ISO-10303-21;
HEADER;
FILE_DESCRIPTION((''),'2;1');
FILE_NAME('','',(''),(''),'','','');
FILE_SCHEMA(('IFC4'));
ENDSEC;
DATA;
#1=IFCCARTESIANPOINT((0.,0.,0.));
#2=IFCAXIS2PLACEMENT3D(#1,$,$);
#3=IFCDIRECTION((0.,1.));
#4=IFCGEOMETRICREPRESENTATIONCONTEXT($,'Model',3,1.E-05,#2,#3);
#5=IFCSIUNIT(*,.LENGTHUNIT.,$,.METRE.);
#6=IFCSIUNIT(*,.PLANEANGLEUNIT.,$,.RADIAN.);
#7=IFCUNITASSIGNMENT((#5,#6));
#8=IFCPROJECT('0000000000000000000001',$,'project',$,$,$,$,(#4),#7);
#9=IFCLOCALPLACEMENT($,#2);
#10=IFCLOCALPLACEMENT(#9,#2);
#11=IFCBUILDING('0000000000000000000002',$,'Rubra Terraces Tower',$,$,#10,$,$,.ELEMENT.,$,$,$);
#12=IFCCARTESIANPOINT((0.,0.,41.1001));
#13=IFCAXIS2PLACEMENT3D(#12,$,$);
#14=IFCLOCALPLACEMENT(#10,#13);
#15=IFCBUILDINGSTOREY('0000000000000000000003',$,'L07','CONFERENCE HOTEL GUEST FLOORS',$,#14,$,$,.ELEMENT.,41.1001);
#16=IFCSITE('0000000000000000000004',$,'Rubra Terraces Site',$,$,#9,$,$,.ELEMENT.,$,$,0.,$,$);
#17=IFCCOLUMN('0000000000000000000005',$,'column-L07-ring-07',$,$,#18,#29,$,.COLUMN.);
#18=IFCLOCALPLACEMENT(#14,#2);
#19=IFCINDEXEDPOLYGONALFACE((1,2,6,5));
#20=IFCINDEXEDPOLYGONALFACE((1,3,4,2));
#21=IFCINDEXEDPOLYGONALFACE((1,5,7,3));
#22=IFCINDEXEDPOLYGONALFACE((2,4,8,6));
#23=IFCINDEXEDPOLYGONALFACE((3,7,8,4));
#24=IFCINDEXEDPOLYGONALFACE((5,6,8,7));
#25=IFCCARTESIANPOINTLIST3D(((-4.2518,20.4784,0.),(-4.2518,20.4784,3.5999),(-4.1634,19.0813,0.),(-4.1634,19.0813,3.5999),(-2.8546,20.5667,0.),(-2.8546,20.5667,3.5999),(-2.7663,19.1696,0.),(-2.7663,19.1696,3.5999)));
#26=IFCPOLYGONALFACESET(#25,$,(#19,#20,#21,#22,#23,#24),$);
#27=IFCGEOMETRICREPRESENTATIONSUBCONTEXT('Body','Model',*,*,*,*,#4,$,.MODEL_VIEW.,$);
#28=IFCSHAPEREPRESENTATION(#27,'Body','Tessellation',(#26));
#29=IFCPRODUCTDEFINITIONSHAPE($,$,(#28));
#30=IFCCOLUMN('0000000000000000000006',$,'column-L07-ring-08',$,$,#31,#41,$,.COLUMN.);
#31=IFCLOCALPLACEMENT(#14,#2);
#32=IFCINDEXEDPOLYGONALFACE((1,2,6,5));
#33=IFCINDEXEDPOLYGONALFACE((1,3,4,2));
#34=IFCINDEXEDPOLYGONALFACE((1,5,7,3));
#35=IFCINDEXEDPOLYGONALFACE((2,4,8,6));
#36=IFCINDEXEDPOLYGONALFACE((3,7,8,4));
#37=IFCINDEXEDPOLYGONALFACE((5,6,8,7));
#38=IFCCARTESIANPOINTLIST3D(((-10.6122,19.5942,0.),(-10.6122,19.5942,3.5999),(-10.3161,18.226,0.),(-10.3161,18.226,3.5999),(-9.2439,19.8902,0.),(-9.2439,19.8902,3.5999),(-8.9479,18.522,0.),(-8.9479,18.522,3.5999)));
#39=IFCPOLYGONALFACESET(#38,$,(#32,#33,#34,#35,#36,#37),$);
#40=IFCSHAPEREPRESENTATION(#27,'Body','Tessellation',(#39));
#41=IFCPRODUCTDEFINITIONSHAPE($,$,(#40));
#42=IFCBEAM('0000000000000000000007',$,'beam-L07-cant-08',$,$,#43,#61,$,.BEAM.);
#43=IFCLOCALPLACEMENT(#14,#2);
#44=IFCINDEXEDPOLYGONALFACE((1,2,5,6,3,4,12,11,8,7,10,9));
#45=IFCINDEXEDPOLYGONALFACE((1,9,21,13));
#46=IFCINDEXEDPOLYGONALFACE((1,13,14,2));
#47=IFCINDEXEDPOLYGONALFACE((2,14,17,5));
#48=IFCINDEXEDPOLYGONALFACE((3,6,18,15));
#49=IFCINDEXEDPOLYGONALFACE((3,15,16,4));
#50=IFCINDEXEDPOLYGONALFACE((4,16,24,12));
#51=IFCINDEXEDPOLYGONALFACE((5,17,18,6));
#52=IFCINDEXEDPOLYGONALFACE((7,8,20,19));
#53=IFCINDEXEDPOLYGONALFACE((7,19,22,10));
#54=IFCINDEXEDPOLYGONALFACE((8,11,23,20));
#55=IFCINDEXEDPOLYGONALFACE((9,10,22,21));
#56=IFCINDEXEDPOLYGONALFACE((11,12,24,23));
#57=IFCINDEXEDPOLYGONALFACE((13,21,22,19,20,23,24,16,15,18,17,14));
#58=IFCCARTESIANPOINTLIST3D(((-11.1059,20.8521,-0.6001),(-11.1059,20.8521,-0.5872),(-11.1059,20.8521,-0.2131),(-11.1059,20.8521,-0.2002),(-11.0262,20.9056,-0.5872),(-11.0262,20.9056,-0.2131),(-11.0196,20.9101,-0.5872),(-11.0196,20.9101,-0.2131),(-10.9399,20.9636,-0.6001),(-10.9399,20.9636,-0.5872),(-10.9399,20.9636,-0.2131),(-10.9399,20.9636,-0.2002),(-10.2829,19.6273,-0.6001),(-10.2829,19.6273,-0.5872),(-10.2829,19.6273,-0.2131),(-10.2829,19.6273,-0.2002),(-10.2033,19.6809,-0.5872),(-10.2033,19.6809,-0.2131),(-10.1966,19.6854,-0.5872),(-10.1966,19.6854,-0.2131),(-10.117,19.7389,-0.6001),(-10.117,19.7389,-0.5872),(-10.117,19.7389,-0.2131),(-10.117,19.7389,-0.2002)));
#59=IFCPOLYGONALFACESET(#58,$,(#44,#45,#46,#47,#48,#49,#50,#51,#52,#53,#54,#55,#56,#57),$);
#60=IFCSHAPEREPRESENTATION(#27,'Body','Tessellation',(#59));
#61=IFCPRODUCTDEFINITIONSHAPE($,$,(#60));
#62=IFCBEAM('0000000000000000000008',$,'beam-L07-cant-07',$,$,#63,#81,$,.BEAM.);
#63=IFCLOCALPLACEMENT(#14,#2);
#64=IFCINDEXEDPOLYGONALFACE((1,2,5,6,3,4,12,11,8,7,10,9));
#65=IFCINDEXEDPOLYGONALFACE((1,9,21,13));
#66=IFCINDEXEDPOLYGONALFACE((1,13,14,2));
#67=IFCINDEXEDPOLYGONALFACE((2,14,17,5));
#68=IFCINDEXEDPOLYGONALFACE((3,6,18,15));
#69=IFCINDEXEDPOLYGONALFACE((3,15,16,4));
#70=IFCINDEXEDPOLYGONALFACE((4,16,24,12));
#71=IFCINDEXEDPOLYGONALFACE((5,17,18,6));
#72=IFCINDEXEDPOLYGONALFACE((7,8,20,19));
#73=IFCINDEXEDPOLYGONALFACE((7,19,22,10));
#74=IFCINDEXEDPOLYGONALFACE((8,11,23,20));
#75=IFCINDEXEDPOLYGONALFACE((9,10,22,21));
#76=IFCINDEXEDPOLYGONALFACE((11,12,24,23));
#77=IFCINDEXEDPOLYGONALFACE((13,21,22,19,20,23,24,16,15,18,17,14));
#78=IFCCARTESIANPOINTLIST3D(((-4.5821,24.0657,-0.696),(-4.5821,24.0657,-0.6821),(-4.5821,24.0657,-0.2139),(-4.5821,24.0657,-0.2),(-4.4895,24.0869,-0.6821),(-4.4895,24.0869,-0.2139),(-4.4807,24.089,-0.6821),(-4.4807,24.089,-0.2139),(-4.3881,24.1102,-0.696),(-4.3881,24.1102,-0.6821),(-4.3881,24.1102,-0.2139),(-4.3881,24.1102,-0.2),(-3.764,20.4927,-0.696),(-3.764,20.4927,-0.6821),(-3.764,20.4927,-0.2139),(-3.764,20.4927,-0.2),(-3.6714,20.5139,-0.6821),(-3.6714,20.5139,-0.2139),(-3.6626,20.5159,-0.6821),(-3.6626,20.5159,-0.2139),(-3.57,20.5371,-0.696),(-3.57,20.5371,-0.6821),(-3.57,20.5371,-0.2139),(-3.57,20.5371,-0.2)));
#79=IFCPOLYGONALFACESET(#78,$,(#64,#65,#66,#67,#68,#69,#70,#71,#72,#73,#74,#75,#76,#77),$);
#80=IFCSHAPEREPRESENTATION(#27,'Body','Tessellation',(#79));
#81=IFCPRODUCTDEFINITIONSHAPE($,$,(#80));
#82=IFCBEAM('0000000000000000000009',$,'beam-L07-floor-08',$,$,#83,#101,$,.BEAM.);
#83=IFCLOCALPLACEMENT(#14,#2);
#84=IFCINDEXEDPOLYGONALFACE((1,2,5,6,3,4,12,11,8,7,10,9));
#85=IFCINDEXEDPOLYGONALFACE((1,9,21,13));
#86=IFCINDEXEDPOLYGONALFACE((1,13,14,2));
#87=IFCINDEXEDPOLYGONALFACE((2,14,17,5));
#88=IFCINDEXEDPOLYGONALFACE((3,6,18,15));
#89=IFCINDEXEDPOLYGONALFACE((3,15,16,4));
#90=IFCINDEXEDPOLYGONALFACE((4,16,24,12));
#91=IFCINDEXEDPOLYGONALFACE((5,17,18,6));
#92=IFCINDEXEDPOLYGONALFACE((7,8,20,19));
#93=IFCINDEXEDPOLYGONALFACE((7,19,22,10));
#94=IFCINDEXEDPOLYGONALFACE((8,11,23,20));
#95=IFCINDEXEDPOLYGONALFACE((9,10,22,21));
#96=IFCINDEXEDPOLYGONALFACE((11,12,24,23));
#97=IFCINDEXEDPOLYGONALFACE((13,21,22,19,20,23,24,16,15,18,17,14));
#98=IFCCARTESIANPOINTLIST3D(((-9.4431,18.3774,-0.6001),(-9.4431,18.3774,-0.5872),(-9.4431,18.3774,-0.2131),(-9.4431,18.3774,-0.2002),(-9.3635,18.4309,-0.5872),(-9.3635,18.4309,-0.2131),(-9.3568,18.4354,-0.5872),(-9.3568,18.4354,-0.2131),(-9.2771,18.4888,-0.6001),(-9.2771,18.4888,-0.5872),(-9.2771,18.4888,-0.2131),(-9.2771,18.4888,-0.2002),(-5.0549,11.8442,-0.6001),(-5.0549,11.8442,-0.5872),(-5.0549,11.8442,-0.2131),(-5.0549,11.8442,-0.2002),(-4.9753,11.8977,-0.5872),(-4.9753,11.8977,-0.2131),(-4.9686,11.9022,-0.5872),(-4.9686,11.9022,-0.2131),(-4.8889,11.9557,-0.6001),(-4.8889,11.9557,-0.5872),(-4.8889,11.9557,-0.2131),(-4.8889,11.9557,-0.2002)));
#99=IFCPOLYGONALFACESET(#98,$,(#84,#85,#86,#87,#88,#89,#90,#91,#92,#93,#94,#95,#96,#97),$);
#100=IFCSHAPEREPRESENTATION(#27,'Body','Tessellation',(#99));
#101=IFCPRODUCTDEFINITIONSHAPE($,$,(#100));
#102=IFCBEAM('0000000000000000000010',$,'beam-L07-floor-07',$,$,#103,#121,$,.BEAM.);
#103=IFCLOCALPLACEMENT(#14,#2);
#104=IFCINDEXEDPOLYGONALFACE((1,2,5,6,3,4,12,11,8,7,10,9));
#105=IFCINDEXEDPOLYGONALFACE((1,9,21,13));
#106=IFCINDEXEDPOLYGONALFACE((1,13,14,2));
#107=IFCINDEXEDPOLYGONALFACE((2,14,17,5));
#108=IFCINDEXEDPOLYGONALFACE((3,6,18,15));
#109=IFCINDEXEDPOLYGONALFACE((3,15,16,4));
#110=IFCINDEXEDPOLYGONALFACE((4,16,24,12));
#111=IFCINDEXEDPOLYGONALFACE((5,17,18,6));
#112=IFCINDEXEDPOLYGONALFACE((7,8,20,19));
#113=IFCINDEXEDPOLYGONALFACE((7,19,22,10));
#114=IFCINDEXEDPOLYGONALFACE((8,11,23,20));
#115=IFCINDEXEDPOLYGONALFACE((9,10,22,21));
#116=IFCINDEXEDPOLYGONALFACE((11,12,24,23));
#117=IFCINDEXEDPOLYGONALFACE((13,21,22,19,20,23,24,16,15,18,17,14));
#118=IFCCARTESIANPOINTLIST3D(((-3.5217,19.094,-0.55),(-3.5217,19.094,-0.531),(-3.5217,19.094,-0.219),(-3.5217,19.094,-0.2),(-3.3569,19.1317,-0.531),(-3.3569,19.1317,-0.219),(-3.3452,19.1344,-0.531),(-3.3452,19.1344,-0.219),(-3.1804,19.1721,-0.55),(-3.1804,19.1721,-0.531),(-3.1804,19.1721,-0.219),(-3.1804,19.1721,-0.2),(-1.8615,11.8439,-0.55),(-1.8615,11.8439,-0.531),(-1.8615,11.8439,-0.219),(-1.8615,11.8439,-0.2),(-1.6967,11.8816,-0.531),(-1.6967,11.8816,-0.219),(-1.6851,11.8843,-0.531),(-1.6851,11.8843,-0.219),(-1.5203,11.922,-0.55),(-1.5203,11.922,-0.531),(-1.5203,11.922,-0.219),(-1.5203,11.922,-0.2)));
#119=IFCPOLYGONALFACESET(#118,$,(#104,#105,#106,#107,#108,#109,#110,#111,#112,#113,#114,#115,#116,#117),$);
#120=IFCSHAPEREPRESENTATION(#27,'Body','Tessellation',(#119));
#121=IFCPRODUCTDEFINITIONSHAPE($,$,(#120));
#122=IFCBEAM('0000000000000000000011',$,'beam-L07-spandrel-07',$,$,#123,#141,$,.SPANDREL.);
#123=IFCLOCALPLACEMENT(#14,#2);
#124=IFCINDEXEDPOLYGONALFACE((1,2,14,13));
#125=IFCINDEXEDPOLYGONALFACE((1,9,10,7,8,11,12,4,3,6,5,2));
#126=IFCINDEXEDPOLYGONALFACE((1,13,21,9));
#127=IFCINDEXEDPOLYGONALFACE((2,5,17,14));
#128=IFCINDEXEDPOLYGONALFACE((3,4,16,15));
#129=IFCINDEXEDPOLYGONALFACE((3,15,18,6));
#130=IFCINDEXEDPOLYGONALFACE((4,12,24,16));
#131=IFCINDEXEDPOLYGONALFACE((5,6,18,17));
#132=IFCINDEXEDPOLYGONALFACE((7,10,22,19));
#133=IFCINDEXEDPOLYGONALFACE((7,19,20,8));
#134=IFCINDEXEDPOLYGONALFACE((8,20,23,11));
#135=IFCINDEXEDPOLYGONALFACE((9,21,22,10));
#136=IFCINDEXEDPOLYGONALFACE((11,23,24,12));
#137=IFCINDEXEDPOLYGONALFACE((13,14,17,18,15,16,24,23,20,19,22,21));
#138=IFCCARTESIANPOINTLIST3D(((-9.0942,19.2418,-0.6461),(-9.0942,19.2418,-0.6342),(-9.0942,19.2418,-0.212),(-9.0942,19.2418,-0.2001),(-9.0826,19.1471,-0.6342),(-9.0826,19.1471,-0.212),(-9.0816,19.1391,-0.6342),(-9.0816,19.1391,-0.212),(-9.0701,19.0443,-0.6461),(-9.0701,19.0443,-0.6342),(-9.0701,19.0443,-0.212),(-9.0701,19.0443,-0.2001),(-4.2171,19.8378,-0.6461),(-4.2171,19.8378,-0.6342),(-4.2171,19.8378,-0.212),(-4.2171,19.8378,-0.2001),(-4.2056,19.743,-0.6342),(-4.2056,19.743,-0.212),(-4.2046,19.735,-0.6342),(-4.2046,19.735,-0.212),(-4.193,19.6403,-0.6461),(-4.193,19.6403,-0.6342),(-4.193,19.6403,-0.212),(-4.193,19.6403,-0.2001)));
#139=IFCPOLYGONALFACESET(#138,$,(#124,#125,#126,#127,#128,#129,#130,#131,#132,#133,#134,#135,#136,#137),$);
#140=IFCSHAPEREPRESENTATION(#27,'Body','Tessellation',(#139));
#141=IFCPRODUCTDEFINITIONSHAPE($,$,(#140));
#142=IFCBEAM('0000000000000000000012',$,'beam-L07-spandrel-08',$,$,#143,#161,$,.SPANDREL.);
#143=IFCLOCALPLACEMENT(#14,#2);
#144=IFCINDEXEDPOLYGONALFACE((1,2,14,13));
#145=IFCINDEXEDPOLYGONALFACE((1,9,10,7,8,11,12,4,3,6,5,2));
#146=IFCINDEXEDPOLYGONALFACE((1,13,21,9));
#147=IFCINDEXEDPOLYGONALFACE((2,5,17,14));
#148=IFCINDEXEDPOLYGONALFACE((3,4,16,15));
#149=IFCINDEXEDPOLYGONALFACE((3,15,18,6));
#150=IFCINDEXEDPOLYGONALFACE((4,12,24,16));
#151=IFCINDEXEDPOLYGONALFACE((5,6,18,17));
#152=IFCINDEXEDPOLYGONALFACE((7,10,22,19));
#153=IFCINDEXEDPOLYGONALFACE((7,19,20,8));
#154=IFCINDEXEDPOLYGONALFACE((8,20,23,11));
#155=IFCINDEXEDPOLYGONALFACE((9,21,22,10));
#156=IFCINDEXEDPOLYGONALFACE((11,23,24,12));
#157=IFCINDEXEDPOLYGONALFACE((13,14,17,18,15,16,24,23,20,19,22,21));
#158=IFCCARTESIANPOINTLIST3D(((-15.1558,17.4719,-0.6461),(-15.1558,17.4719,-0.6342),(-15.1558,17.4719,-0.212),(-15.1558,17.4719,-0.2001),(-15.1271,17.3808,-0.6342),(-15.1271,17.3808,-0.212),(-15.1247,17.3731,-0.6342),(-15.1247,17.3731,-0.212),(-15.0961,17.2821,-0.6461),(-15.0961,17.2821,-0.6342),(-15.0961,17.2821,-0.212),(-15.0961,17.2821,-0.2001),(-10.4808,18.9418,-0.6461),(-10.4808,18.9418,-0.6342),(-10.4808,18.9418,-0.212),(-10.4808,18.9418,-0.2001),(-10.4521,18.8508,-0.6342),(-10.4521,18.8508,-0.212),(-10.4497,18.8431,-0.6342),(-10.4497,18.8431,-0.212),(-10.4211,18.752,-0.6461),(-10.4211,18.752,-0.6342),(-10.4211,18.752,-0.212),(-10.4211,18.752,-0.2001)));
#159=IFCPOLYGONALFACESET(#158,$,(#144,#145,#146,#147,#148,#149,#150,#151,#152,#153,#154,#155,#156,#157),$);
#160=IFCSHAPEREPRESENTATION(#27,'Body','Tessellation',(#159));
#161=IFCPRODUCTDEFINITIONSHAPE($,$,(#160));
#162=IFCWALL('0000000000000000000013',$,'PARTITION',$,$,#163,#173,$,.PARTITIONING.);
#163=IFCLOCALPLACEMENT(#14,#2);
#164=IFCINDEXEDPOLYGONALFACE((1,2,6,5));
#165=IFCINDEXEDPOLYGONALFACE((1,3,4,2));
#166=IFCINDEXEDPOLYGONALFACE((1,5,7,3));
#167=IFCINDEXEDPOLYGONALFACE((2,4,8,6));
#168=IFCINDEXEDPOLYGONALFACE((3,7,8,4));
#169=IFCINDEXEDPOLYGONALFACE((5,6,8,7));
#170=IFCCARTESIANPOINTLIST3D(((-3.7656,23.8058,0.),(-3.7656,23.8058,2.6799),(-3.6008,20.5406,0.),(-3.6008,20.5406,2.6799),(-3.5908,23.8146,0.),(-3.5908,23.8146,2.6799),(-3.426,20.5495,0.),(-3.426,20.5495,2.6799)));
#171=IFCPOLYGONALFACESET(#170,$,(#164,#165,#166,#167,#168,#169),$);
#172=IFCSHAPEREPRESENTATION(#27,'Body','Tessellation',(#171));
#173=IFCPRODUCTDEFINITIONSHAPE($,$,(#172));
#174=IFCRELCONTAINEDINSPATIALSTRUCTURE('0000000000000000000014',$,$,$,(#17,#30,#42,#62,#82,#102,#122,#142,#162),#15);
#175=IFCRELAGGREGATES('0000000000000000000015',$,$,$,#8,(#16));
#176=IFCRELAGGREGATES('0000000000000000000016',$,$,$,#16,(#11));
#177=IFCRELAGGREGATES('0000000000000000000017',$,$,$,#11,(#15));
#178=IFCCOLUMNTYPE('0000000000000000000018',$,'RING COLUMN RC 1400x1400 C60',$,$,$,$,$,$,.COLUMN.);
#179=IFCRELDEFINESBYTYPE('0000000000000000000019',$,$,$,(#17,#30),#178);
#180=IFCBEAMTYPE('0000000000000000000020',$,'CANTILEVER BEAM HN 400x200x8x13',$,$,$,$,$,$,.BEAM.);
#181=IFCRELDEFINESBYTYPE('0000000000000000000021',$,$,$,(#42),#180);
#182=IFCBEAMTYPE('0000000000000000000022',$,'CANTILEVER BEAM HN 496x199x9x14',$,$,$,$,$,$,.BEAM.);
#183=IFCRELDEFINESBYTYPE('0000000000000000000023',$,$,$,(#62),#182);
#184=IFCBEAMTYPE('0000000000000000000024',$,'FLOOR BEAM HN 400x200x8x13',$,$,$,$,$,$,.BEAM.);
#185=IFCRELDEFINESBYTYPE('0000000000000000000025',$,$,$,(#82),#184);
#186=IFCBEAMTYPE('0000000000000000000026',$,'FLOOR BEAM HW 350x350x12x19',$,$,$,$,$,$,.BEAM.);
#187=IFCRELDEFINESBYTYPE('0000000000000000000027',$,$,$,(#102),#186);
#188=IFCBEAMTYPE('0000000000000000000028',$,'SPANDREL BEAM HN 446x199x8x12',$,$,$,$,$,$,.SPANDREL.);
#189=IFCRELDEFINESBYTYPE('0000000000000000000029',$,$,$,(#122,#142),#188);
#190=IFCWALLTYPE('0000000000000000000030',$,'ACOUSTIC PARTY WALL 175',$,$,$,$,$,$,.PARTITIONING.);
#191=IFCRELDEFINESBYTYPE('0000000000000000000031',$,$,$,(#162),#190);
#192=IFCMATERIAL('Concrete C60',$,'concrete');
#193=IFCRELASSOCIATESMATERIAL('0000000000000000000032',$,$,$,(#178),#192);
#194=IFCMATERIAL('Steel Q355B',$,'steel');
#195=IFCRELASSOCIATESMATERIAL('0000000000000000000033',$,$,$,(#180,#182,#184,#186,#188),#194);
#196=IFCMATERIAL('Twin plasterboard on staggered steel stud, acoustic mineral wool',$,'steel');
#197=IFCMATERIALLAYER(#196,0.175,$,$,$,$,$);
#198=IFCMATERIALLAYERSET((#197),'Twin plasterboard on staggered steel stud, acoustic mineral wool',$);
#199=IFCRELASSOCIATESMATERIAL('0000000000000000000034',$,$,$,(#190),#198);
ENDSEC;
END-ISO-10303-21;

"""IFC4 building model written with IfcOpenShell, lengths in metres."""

from ifc_helpers import new_model, si_unit, direction, frame, frame_2d, origin, origin_2d, place, context, subcontext, project, spatial, rectangle, i_section, extrude, material, layer, layer_set, material_profile, profile_set, type_object, element, save


model = new_model("IFC4")

# Units and contexts
model_context = context("Model", 3, precision=1e-05, world=origin(), true_north=direction((0.0, 1.0)))
body_context = subcontext(model_context, "Body", "Model", "MODEL_VIEW")
ifc_project = project(units=[si_unit("LENGTHUNIT", "METRE"), si_unit("PLANEANGLEUNIT", "RADIAN")], contexts=[model_context])

# Site, building, storey
site_placement = place(None, origin())
site = spatial("IfcSite", under=ifc_project, at=site_placement, Name="Rubra Terraces Site", CompositionType="ELEMENT", RefElevation=0.0)
building_placement = place(site_placement, origin())
building = spatial("IfcBuilding", under=site, at=building_placement, Name="Rubra Terraces Tower", CompositionType="ELEMENT")
storey_placement = place(building_placement, frame((0.0, 0.0, 41.1001)))
storey = spatial("IfcBuildingStorey", under=building, at=storey_placement, Name="L07", Description="CONFERENCE HOTEL GUEST FLOORS", CompositionType="ELEMENT", Elevation=41.1001)

# Columns
ifc_material_1 = material(Name="Concrete C60", Category="concrete")
ifc_material_profile_1 = material_profile(ifc_material_1, rectangle(XDim=1.3999, YDim=1.3999, at=origin_2d()), Name="RC 1400x1400")
ifc_profile_set_1 = profile_set([ifc_material_profile_1], Name="Concrete C60")
column_type = type_object("IfcColumnType", Name="RING COLUMN RC 1400x1400 C60", PredefinedType="COLUMN", material=ifc_profile_set_1)
for number, where, z_axis, x_axis, name in (
    (1, (-3.509, 19.824, 0.0), (0.0, 0.0, 1.0), (-0.998008, -0.063094, 0.0), "column-L07-ring-07"),
    (2, (-9.78, 19.0581, 0.0), (0.0, 0.0, 1.0), (-0.977386, -0.211462, 0.0), "column-L07-ring-08"),
):
    element("IfcColumn", number, at=place(storey_placement, frame(where, z_axis=z_axis, x_axis=x_axis)), inside=storey, type_object=column_type, Name=name, PredefinedType="COLUMN", context=body_context, shape_type="SweptSolid", body=[
        extrude(rectangle(XDim=1.3999, YDim=1.3999, at=origin_2d()), origin(), (0.0, 0.0, 1.0), 3.5999),
    ])

# Beams
ifc_material_2 = material(Name="Steel Q355B", Category="steel")
ifc_material_profile_2 = material_profile(ifc_material_2, i_section(OverallWidth=0.2, OverallDepth=0.3999, WebThickness=0.0081, FlangeThickness=0.0129, at=origin_2d()), Name="HN 400x200x8x13")
ifc_profile_set_2 = profile_set([ifc_material_profile_2], Name="Steel Q355B")
beam_type_1 = type_object("IfcBeamType", Name="CANTILEVER BEAM HN 400x200x8x13", PredefinedType="BEAM", material=ifc_profile_set_2)
beam_1_placement = place(storey_placement, frame((-10.2, 19.6831, -0.4001), z_axis=(-0.557713, 0.830034, 0.0), x_axis=(-0.830034, -0.557713, 0.0)))
element("IfcBeam", 3, at=beam_1_placement, inside=storey, type_object=beam_type_1, Name="beam-L07-cant-08", PredefinedType="BEAM", context=body_context, shape_type="SweptSolid", body=[
    extrude(i_section(OverallWidth=0.2, OverallDepth=0.3999, WebThickness=0.0081, FlangeThickness=0.0129, at=origin_2d()), origin(), (0.0, 0.0, 1.0), 1.4756),
])
ifc_material_profile_3 = material_profile(ifc_material_2, i_section(OverallWidth=0.199, OverallDepth=0.4961, WebThickness=0.009, FlangeThickness=0.0139, at=origin_2d()), Name="HN 496x199x9x14")
ifc_profile_set_3 = profile_set([ifc_material_profile_3], Name="Steel Q355B")
beam_type_2 = type_object("IfcBeamType", Name="CANTILEVER BEAM HN 496x199x9x14", PredefinedType="BEAM", material=ifc_profile_set_3)
beam_2_placement = place(storey_placement, frame((-3.667, 20.5149, -0.448), z_axis=(-0.223196, 0.974774, 0.0), x_axis=(-0.974774, -0.223196, 0.0)))
element("IfcBeam", 4, at=beam_2_placement, inside=storey, type_object=beam_type_2, Name="beam-L07-cant-07", PredefinedType="BEAM", context=body_context, shape_type="SweptSolid", body=[
    extrude(i_section(OverallWidth=0.199, OverallDepth=0.4961, WebThickness=0.009, FlangeThickness=0.0139, at=origin_2d()), origin(), (0.0, 0.0, 1.0), 3.6655),
])
ifc_material_profile_4 = material_profile(ifc_material_2, i_section(OverallWidth=0.2, OverallDepth=0.3999, WebThickness=0.0081, FlangeThickness=0.0129, at=origin_2d()), Name="HN 400x200x8x13")
ifc_profile_set_4 = profile_set([ifc_material_profile_4], Name="Steel Q355B")
beam_type_3 = type_object("IfcBeamType", Name="FLOOR BEAM HN 400x200x8x13", PredefinedType="BEAM", material=ifc_profile_set_4)
beam_3_placement = place(storey_placement, frame((-9.3601, 18.4331, -0.4001), z_axis=(0.557575, -0.830127, 0.0), x_axis=(0.830127, 0.557575, 0.0)))
element("IfcBeam", 5, at=beam_3_placement, inside=storey, type_object=beam_type_3, Name="beam-L07-floor-08", PredefinedType="BEAM", context=body_context, shape_type="SweptSolid", body=[
    extrude(i_section(OverallWidth=0.2, OverallDepth=0.3999, WebThickness=0.0081, FlangeThickness=0.0129, at=origin_2d()), origin(), (0.0, 0.0, 1.0), 7.8701),
])
ifc_material_profile_5 = material_profile(ifc_material_2, i_section(OverallWidth=0.3501, OverallDepth=0.3501, WebThickness=0.012, FlangeThickness=0.019, at=origin_2d()), Name="HW 350x350x12x19")
ifc_profile_set_5 = profile_set([ifc_material_profile_5], Name="Steel Q355B")
beam_type_4 = type_object("IfcBeamType", Name="FLOOR BEAM HW 350x350x12x19", PredefinedType="BEAM", material=ifc_profile_set_5)
beam_4_placement = place(storey_placement, frame((-3.3511, 19.1331, -0.375), z_axis=(0.22321, -0.97477, 0.0), x_axis=(0.97477, 0.22321, 0.0)))
element("IfcBeam", 6, at=beam_4_placement, inside=storey, type_object=beam_type_4, Name="beam-L07-floor-07", PredefinedType="BEAM", context=body_context, shape_type="SweptSolid", body=[
    extrude(i_section(OverallWidth=0.3501, OverallDepth=0.3501, WebThickness=0.012, FlangeThickness=0.019, at=origin_2d()), origin(), (0.0, 0.0, 1.0), 7.4377),
])
ifc_material_profile_6 = material_profile(ifc_material_2, i_section(OverallWidth=0.199, OverallDepth=0.446, WebThickness=0.0081, FlangeThickness=0.012, at=origin_2d()), Name="HN 446x199x8x12")
ifc_profile_set_6 = profile_set([ifc_material_profile_6], Name="Steel Q355B")
beam_type_5 = type_object("IfcBeamType", Name="SPANDREL BEAM HN 446x199x8x12", PredefinedType="SPANDREL", material=ifc_profile_set_6)
beam_5_placement = place(storey_placement, frame((-4.2051, 19.739, -0.4231), z_axis=(-0.992617, -0.121294, 0.0), x_axis=(0.121294, -0.992617, 0.0)))
element("IfcBeam", 7, at=beam_5_placement, inside=storey, type_object=beam_type_5, Name="beam-L07-spandrel-07", PredefinedType="SPANDREL", context=body_context, shape_type="SweptSolid", body=[
    extrude(i_section(OverallWidth=0.199, OverallDepth=0.446, WebThickness=0.0081, FlangeThickness=0.012, at=origin_2d()), origin(), (0.0, 0.0, 1.0), 4.9133),
])
beam_6_placement = place(storey_placement, frame((-10.4509, 18.8469, -0.4231), z_axis=(-0.953955, -0.299951, 0.0), x_axis=(0.299951, -0.953955, 0.0)))
element("IfcBeam", 8, at=beam_6_placement, inside=storey, type_object=beam_type_5, Name="beam-L07-spandrel-08", PredefinedType="SPANDREL", context=body_context, shape_type="SweptSolid", body=[
    extrude(i_section(OverallWidth=0.199, OverallDepth=0.446, WebThickness=0.0081, FlangeThickness=0.012, at=origin_2d()), origin(), (0.0, 0.0, 1.0), 4.9006),
])

# Wall
ifc_material_3 = material(Name="Twin plasterboard on staggered steel stud, acoustic mineral wool", Category="steel")
ifc_layer_1 = layer(ifc_material_3, 0.175)
ifc_layer_set_1 = layer_set([ifc_layer_1], Name="Twin plasterboard on staggered steel stud, acoustic mineral wool")
wall_type_1 = type_object("IfcWallType", Name="ACOUSTIC PARTY WALL 175", PredefinedType="PARTITIONING", material=ifc_layer_set_1)
wall_1_placement = place(storey_placement, frame((-3.6782, 23.8103, 0.0), z_axis=(0.0, 0.0, 1.0), x_axis=(0.050407, -0.998729, 0.0)))
element("IfcWall", 9, at=wall_1_placement, inside=storey, type_object=wall_type_1, Name="PARTITION", PredefinedType="PARTITIONING", context=body_context, shape_type="SweptSolid", body=[
    extrude(rectangle(XDim=3.2693, YDim=0.175, at=frame_2d((1.6348, 0.0))), origin(), (0.0, 0.0, 1.0), 2.6799),
])

save(model, "model.ifc")
